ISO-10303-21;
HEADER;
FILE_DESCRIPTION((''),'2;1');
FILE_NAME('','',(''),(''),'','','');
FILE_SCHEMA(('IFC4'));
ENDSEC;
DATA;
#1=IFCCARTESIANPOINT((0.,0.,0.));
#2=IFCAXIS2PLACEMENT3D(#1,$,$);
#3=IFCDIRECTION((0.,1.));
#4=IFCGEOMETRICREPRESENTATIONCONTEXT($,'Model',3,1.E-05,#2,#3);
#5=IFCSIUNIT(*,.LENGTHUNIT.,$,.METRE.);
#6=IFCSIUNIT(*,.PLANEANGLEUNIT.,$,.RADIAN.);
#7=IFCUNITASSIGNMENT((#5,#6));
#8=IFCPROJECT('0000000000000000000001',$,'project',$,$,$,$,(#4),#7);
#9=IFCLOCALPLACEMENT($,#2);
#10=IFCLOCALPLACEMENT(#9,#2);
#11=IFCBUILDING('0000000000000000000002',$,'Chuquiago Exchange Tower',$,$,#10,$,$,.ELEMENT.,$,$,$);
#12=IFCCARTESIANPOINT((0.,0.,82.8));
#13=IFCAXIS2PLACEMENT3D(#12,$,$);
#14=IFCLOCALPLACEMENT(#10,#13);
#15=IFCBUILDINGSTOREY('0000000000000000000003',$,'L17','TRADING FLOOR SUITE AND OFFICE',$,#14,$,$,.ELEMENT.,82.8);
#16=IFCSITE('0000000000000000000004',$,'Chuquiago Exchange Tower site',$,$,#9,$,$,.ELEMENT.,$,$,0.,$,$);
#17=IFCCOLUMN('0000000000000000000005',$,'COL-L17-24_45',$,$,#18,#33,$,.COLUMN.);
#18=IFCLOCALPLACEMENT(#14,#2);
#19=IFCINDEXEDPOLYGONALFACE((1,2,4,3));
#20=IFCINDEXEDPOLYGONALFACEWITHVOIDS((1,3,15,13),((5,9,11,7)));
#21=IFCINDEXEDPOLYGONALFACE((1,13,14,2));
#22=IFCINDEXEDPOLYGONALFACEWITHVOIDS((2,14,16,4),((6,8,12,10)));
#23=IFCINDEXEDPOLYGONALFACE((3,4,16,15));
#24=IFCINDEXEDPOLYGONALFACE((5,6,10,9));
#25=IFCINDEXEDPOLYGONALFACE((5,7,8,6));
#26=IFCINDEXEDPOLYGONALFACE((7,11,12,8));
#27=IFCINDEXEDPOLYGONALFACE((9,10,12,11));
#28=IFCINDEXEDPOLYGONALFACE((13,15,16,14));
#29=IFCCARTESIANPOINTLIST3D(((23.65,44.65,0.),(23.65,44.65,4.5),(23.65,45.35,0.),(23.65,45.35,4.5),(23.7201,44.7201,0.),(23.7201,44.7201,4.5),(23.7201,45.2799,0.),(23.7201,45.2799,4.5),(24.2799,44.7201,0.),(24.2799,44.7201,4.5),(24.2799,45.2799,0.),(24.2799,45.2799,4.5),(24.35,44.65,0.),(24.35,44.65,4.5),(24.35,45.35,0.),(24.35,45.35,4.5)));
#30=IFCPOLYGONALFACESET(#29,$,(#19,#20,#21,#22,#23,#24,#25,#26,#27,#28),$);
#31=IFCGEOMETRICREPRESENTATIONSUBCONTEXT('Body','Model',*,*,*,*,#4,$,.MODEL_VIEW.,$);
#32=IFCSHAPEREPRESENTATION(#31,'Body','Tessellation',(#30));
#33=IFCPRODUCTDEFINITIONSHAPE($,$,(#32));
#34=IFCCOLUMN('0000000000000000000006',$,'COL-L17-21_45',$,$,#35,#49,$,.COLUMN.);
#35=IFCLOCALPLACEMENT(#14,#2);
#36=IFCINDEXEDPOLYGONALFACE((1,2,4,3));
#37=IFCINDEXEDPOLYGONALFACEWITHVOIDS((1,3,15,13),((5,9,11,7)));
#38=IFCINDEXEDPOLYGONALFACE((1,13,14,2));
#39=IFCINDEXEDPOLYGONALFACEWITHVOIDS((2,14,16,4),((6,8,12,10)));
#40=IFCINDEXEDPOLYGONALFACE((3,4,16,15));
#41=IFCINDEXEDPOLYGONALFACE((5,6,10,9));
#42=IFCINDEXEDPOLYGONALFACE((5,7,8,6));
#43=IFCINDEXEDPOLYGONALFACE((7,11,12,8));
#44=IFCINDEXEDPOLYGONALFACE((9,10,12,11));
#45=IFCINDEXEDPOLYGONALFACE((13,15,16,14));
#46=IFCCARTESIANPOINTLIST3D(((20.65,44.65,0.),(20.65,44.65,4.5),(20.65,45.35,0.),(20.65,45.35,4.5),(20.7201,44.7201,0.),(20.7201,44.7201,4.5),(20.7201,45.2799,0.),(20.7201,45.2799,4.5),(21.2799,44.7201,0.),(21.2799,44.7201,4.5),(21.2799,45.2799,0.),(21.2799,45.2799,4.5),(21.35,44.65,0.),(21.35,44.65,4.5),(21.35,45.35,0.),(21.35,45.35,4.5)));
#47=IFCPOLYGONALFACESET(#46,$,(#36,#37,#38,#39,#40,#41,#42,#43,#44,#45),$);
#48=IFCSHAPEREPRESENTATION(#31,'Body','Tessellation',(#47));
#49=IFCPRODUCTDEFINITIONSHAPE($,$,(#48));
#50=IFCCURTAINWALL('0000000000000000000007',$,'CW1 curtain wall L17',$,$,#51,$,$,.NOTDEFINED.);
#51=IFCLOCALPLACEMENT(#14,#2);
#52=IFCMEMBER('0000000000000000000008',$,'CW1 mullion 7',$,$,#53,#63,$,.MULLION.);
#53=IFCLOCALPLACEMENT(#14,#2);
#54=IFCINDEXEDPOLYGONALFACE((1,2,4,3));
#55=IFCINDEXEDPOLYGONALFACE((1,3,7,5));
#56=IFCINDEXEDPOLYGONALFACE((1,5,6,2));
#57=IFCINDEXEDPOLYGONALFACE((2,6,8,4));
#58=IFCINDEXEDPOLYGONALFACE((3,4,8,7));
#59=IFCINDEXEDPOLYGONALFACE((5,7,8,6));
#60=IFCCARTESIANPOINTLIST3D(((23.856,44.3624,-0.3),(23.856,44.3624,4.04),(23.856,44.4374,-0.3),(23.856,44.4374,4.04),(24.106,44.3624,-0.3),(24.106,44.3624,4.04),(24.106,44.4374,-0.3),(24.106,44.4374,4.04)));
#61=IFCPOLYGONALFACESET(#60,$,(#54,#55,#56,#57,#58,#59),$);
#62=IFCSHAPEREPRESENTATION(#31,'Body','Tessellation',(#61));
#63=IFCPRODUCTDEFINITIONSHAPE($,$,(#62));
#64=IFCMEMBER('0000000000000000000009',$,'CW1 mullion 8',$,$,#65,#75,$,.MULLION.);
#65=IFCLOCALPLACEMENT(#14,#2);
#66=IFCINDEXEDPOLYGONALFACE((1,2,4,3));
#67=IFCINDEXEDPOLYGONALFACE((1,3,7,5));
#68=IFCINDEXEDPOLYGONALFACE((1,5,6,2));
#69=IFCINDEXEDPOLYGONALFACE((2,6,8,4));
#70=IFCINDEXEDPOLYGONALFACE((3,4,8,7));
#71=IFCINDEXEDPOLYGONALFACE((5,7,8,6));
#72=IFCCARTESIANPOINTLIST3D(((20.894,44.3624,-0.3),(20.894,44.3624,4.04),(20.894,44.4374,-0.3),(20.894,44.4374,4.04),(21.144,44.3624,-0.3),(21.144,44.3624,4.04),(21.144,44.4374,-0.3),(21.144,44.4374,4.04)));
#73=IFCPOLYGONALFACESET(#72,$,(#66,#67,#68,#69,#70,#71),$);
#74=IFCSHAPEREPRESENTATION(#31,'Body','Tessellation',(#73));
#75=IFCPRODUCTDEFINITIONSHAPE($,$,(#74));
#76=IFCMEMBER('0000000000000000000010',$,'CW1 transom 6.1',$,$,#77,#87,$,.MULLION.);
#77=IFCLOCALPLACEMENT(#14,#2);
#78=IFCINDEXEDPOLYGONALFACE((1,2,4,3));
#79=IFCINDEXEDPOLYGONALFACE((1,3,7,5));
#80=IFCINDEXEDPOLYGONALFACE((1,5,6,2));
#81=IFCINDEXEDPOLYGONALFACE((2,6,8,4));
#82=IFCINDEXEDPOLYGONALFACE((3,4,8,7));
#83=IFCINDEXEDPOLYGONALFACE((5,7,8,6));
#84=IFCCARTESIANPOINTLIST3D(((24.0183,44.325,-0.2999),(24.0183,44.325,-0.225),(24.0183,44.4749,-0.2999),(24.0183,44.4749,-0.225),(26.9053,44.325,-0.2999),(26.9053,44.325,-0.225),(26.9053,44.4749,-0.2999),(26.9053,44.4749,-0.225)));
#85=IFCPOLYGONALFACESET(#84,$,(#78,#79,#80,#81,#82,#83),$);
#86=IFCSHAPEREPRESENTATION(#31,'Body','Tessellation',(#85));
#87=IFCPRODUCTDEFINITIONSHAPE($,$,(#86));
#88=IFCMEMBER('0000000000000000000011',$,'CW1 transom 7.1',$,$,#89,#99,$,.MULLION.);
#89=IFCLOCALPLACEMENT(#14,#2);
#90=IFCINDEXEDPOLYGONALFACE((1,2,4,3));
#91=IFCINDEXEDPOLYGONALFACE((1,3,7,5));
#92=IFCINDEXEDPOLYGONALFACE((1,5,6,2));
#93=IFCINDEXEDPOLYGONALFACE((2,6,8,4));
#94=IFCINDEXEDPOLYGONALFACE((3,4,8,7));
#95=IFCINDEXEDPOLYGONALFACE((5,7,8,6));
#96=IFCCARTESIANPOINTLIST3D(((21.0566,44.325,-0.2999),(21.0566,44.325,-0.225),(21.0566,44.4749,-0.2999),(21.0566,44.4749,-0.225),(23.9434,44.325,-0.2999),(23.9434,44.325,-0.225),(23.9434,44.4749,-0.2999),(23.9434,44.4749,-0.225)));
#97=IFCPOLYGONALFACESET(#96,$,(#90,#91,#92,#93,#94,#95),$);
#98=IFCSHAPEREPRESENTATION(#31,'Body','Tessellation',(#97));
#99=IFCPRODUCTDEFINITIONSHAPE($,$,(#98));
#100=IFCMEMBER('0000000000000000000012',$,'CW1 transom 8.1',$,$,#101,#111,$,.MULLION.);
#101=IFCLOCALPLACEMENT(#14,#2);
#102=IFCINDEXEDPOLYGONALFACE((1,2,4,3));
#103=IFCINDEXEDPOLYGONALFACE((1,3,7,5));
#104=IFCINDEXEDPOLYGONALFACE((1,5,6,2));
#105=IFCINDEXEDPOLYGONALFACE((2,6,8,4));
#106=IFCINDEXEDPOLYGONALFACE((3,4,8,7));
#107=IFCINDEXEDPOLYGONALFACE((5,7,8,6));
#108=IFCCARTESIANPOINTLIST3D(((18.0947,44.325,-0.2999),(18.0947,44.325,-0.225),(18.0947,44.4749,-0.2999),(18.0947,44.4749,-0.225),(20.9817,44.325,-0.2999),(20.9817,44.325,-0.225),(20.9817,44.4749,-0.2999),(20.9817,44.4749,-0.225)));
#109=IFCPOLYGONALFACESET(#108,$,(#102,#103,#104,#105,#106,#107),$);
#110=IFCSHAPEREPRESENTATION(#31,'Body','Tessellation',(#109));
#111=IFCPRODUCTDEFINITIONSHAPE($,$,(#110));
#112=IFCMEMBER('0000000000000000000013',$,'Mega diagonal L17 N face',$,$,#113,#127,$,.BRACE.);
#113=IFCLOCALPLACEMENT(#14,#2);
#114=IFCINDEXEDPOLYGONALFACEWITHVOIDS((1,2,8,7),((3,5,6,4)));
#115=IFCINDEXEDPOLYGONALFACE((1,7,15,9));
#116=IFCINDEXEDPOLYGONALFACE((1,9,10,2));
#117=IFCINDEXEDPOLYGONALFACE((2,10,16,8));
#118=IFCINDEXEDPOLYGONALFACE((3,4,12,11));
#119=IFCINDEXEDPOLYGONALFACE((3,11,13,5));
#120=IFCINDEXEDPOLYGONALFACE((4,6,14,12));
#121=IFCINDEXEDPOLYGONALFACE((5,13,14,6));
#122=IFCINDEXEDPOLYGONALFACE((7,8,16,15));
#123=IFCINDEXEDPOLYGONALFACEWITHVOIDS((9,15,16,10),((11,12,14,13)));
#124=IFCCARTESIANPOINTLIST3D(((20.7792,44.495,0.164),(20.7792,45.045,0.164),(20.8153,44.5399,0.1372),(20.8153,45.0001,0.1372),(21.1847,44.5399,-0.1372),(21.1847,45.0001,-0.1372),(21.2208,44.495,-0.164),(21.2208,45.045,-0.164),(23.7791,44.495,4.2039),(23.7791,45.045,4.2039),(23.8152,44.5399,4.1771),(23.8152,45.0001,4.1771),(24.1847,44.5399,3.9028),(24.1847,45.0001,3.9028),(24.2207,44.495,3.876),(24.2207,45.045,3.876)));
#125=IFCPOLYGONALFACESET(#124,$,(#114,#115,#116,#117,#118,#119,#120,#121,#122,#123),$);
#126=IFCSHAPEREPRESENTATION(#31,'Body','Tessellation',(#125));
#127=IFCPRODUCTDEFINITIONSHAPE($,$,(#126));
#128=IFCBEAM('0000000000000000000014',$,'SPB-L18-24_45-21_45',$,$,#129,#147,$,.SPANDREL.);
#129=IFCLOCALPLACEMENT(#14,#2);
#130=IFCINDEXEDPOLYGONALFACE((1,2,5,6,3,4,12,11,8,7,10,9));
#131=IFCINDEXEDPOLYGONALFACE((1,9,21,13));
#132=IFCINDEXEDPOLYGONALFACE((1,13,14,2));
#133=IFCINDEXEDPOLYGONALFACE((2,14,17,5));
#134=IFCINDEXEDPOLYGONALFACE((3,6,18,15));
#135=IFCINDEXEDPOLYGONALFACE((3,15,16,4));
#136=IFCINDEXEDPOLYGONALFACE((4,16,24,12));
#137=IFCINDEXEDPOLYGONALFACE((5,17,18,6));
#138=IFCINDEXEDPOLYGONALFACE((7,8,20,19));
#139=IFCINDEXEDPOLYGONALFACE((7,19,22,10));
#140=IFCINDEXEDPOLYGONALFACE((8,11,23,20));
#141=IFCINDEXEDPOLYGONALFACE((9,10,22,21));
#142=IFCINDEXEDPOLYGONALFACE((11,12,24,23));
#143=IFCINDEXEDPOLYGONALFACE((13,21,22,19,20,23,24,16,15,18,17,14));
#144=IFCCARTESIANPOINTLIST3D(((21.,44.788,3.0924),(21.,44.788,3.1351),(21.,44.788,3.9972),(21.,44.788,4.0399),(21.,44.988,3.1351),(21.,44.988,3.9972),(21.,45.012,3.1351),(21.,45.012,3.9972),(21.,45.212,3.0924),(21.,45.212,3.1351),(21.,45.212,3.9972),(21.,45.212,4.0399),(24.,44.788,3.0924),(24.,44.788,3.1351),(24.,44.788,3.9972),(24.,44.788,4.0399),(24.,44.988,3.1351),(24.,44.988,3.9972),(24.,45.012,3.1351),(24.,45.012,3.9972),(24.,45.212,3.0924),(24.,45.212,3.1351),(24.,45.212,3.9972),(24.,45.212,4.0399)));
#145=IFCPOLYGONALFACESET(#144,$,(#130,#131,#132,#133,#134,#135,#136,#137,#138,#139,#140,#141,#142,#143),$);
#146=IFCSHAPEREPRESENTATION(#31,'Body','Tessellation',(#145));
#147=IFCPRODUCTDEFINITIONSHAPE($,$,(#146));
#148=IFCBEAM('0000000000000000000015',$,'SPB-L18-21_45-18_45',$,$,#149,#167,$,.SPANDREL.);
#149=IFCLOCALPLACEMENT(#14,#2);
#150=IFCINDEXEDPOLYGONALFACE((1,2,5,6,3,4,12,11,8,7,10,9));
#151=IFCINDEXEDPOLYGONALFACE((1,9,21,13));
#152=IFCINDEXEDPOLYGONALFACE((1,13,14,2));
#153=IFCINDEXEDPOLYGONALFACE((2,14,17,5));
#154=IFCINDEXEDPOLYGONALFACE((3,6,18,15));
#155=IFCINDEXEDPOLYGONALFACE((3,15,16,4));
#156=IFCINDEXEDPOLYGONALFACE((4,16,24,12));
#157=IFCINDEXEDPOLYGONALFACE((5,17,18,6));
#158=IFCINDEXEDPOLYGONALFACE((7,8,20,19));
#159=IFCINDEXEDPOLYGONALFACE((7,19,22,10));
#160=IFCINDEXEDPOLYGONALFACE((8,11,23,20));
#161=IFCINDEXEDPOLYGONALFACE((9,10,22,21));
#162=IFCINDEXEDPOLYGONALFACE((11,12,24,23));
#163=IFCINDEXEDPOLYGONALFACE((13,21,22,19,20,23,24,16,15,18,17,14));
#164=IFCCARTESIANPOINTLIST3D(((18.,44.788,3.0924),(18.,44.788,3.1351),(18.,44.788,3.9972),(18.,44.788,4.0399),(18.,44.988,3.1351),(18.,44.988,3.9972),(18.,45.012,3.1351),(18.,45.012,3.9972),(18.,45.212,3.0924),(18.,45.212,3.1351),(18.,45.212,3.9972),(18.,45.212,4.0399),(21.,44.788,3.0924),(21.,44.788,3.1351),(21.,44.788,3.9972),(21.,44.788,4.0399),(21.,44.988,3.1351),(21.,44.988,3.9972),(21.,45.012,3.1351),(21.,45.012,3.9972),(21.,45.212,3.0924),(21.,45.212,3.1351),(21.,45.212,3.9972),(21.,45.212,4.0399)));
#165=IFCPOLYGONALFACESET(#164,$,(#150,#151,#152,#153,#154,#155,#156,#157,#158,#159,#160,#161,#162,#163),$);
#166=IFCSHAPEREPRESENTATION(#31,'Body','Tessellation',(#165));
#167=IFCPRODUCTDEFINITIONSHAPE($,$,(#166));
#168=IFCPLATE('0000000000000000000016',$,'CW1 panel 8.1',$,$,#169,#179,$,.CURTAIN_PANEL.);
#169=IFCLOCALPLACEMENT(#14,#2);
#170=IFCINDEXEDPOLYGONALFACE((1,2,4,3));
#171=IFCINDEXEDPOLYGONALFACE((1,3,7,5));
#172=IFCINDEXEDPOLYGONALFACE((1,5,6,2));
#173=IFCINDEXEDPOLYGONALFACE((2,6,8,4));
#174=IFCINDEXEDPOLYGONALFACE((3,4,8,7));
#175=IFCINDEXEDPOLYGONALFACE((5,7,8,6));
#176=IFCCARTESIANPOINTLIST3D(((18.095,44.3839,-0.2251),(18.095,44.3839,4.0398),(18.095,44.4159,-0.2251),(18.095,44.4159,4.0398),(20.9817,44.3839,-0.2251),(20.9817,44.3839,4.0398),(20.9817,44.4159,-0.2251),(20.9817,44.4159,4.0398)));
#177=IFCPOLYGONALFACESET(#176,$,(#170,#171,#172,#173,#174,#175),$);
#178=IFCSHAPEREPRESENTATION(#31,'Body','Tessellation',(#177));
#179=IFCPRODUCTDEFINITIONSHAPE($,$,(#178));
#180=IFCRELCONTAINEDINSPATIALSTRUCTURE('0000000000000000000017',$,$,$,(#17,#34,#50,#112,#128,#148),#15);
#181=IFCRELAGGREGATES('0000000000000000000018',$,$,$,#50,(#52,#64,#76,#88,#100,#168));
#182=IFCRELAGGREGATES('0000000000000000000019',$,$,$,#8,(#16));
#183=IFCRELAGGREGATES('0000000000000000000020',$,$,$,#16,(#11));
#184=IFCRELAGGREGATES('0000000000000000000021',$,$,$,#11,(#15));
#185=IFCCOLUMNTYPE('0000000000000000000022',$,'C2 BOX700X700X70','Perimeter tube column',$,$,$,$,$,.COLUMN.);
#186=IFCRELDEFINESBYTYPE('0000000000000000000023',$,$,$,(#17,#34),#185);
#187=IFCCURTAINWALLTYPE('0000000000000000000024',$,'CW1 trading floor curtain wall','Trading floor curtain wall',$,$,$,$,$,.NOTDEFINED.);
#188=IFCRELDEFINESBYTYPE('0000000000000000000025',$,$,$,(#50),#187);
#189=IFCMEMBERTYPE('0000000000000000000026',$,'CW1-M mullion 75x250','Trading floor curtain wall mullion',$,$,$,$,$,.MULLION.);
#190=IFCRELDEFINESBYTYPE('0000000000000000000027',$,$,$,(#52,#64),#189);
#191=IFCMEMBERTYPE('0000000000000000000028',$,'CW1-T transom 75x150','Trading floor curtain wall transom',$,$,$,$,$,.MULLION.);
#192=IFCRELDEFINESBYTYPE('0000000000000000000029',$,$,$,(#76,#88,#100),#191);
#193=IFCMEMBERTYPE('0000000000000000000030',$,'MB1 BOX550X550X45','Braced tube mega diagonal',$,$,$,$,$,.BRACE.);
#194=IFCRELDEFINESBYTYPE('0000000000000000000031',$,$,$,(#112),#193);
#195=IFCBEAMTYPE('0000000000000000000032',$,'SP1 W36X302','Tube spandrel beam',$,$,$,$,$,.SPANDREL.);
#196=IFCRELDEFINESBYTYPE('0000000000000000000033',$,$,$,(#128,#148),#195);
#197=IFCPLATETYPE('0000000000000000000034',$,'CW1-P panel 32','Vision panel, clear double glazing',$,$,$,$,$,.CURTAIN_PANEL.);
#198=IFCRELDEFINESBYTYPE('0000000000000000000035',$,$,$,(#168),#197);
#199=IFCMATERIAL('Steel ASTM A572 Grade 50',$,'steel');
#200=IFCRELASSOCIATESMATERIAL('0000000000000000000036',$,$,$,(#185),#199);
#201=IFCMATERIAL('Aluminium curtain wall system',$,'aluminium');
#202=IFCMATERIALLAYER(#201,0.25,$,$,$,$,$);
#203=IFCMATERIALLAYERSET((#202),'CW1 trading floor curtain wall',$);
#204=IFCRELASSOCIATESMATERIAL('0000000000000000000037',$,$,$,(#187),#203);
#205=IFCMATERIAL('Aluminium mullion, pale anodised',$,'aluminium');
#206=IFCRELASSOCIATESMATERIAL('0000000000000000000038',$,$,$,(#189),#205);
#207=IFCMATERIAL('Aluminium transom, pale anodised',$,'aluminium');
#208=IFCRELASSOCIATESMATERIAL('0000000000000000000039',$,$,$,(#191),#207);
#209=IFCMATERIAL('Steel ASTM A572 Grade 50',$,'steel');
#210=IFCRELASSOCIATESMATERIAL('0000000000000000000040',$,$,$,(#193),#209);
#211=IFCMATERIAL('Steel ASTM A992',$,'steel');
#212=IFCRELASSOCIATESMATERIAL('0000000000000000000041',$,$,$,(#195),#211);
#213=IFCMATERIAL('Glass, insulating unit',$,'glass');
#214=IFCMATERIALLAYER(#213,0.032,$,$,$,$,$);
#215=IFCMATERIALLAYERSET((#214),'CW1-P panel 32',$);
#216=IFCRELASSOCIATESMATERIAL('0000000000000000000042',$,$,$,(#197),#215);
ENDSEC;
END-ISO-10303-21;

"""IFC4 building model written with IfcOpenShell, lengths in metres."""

from ifc_helpers import new_model, si_unit, direction, frame, origin, origin_2d, place, context, subcontext, project, spatial, rectangle, hollow_rectangle, i_section, extrude, material, layer, layer_set, material_profile, profile_set, type_object, element, aggregate, save


model = new_model("IFC4")

# Units and contexts
model_context = context("Model", 3, precision=1e-05, world=origin(), true_north=direction((0.0, 1.0)))
body_context = subcontext(model_context, "Body", "Model", "MODEL_VIEW")
ifc_project = project(units=[si_unit("LENGTHUNIT", "METRE"), si_unit("PLANEANGLEUNIT", "RADIAN")], contexts=[model_context])

# Site, building, storey
site_placement = place(None, origin())
site = spatial("IfcSite", under=ifc_project, at=site_placement, Name="Chuquiago Exchange Tower site", CompositionType="ELEMENT", RefElevation=0.0)
building_placement = place(site_placement, origin())
building = spatial("IfcBuilding", under=site, at=building_placement, Name="Chuquiago Exchange Tower", CompositionType="ELEMENT")
storey_placement = place(building_placement, frame((0.0, 0.0, 82.8)))
storey = spatial("IfcBuildingStorey", under=building, at=storey_placement, Name="L17", Description="TRADING FLOOR SUITE AND OFFICE", CompositionType="ELEMENT", Elevation=82.8)

# Columns
ifc_material_1 = material(Name="Steel ASTM A572 Grade 50", Category="steel")
ifc_material_profile_1 = material_profile(ifc_material_1, hollow_rectangle(XDim=0.7, YDim=0.7, WallThickness=0.0701, at=origin_2d()), Name="BOX700X700X70")
ifc_profile_set_1 = profile_set([ifc_material_profile_1], Name="Steel ASTM A572 Grade 50")
column_type = type_object("IfcColumnType", Name="C2 BOX700X700X70", Description="Perimeter tube column", PredefinedType="COLUMN", material=ifc_profile_set_1)
for number, where, z_axis, x_axis, name in (
    (1, (24.0, 45.0, 0.0), (0.0, 0.0, 1.0), (0.0, 1.0, 0.0), "COL-L17-24_45"),
    (2, (21.0, 45.0, 0.0), (0.0, 0.0, 1.0), (0.0, 1.0, 0.0), "COL-L17-21_45"),
):
    element("IfcColumn", number, at=place(storey_placement, frame(where, z_axis=z_axis, x_axis=x_axis)), inside=storey, type_object=column_type, Name=name, PredefinedType="COLUMN", context=body_context, shape_type="SweptSolid", body=[
        extrude(hollow_rectangle(XDim=0.7, YDim=0.7, WallThickness=0.0701, at=origin_2d()), origin(), (0.0, 0.0, 1.0), 4.5),
    ])

# Curtain wall, members
ifc_material_2 = material(Name="Aluminium curtain wall system", Category="aluminium")
ifc_layer_1 = layer(ifc_material_2, 0.25)
ifc_layer_set_1 = layer_set([ifc_layer_1], Name="CW1 trading floor curtain wall")
curtain_wall_type = type_object("IfcCurtainWallType", Name="CW1 trading floor curtain wall", Description="Trading floor curtain wall", PredefinedType="NOTDEFINED", material=ifc_layer_set_1)
curtain_wall_placement = place(storey_placement, origin())
curtain_wall = element("IfcCurtainWall", 3, at=curtain_wall_placement, inside=storey, type_object=curtain_wall_type, Name="CW1 curtain wall L17", PredefinedType="NOTDEFINED")
ifc_material_3 = material(Name="Aluminium mullion, pale anodised", Category="aluminium")
ifc_material_profile_2 = material_profile(ifc_material_3, rectangle(XDim=0.075, YDim=0.25, at=origin_2d()), Name="AL 75x250")
ifc_profile_set_2 = profile_set([ifc_material_profile_2], Name="Aluminium mullion, pale anodised")
member_type_1 = type_object("IfcMemberType", Name="CW1-M mullion 75x250", Description="Trading floor curtain wall mullion", PredefinedType="MULLION", material=ifc_profile_set_2)
member_1_placement = place(storey_placement, frame((23.981, 44.3999, -0.3), z_axis=(0.0, 0.0, 1.0), x_axis=(0.0, -1.0, 0.0)))
member_1 = element("IfcMember", 4, at=member_1_placement, type_object=member_type_1, Name="CW1 mullion 7", PredefinedType="MULLION", context=body_context, shape_type="SweptSolid", body=[
    extrude(rectangle(XDim=0.075, YDim=0.25, at=origin_2d()), origin(), (0.0, 0.0, 1.0), 4.3401),
])
member_2_placement = place(storey_placement, frame((21.019, 44.3999, -0.3), z_axis=(0.0, 0.0, 1.0), x_axis=(0.0, -1.0, 0.0)))
member_2 = element("IfcMember", 5, at=member_2_placement, type_object=member_type_1, Name="CW1 mullion 8", PredefinedType="MULLION", context=body_context, shape_type="SweptSolid", body=[
    extrude(rectangle(XDim=0.075, YDim=0.25, at=origin_2d()), origin(), (0.0, 0.0, 1.0), 4.3401),
])
ifc_material_4 = material(Name="Aluminium transom, pale anodised", Category="aluminium")
ifc_material_profile_3 = material_profile(ifc_material_4, rectangle(XDim=0.1499, YDim=0.075, at=origin_2d()), Name="AL 150x75")
ifc_profile_set_3 = profile_set([ifc_material_profile_3], Name="Aluminium transom, pale anodised")
member_type_2 = type_object("IfcMemberType", Name="CW1-T transom 75x150", Description="Trading floor curtain wall transom", PredefinedType="MULLION", material=ifc_profile_set_3)
member_3_placement = place(storey_placement, frame((26.9053, 44.3999, -0.2625), z_axis=(-1.0, 0.0, 0.0), x_axis=(0.0, -1.0, 0.0)))
member_3 = element("IfcMember", 6, at=member_3_placement, type_object=member_type_2, Name="CW1 transom 6.1", PredefinedType="MULLION", context=body_context, shape_type="SweptSolid", body=[
    extrude(rectangle(XDim=0.1499, YDim=0.075, at=origin_2d()), origin(), (0.0, 0.0, 1.0), 2.887),
])
member_4_placement = place(storey_placement, frame((23.9434, 44.3999, -0.2625), z_axis=(-1.0, 0.0, 0.0), x_axis=(0.0, -1.0, 0.0)))
member_4 = element("IfcMember", 7, at=member_4_placement, type_object=member_type_2, Name="CW1 transom 7.1", PredefinedType="MULLION", context=body_context, shape_type="SweptSolid", body=[
    extrude(rectangle(XDim=0.1499, YDim=0.075, at=origin_2d()), origin(), (0.0, 0.0, 1.0), 2.8867),
])
member_5_placement = place(storey_placement, frame((20.9817, 44.3999, -0.2625), z_axis=(-1.0, 0.0, 0.0), x_axis=(0.0, -1.0, 0.0)))
member_5 = element("IfcMember", 8, at=member_5_placement, type_object=member_type_2, Name="CW1 transom 8.1", PredefinedType="MULLION", context=body_context, shape_type="SweptSolid", body=[
    extrude(rectangle(XDim=0.1499, YDim=0.075, at=origin_2d()), origin(), (0.0, 0.0, 1.0), 2.887),
])

# Member
ifc_material_5 = material(Name="Steel ASTM A572 Grade 50", Category="steel")
ifc_material_profile_4 = material_profile(ifc_material_5, hollow_rectangle(XDim=0.55, YDim=0.55, WallThickness=0.0449, at=origin_2d()), Name="BOX550X550X45")
ifc_profile_set_4 = profile_set([ifc_material_profile_4], Name="Steel ASTM A572 Grade 50")
member_type_3 = type_object("IfcMemberType", Name="MB1 BOX550X550X45", Description="Braced tube mega diagonal", PredefinedType="BRACE", material=ifc_profile_set_4)
member_6_placement = place(storey_placement, frame((21.0, 44.77, 0.0), z_axis=(0.596174, 0.0, 0.802855), x_axis=(0.0, 1.0, 0.0)))
element("IfcMember", 9, at=member_6_placement, inside=storey, type_object=member_type_3, Name="Mega diagonal L17 N face", PredefinedType="BRACE", context=body_context, shape_type="SweptSolid", body=[
    extrude(hollow_rectangle(XDim=0.55, YDim=0.55, WallThickness=0.0449, at=origin_2d()), origin(), (0.0, 0.0, 1.0), 5.032),
])

# Beams
ifc_material_6 = material(Name="Steel ASTM A992", Category="steel")
ifc_material_profile_5 = material_profile(ifc_material_6, i_section(OverallWidth=0.4241, OverallDepth=0.9475, WebThickness=0.0239, FlangeThickness=0.0427, at=origin_2d()), Name="W36X302")
ifc_profile_set_5 = profile_set([ifc_material_profile_5], Name="Steel ASTM A992")
beam_type = type_object("IfcBeamType", Name="SP1 W36X302", Description="Tube spandrel beam", PredefinedType="SPANDREL", material=ifc_profile_set_5)
for number, where, z_axis, x_axis, name in (
    (10, (24.0, 45.0, 3.5662), (-1.0, 0.0, 0.0), (0.0, -1.0, 0.0), "SPB-L18-24_45-21_45"),
    (11, (21.0, 45.0, 3.5662), (-1.0, 0.0, 0.0), (0.0, -1.0, 0.0), "SPB-L18-21_45-18_45"),
):
    element("IfcBeam", number, at=place(storey_placement, frame(where, z_axis=z_axis, x_axis=x_axis)), inside=storey, type_object=beam_type, Name=name, PredefinedType="SPANDREL", context=body_context, shape_type="SweptSolid", body=[
        extrude(i_section(OverallWidth=0.4241, OverallDepth=0.9475, WebThickness=0.0239, FlangeThickness=0.0427, at=origin_2d()), origin(), (0.0, 0.0, 1.0), 3.0),
    ])

# Plate
ifc_material_7 = material(Name="Glass, insulating unit", Category="glass")
ifc_layer_2 = layer(ifc_material_7, 0.032)
ifc_layer_set_2 = layer_set([ifc_layer_2], Name="CW1-P panel 32")
plate_type_1 = type_object("IfcPlateType", Name="CW1-P panel 32", Description="Vision panel, clear double glazing", PredefinedType="CURTAIN_PANEL", material=ifc_layer_set_2)
plate_1_placement = place(storey_placement, frame((19.5383, 44.3999, -0.2251), z_axis=(0.0, 0.0, 1.0), x_axis=(-1.0, 0.0, 0.0)))
plate_1 = element("IfcPlate", 12, at=plate_1_placement, type_object=plate_type_1, Name="CW1 panel 8.1", PredefinedType="CURTAIN_PANEL", context=body_context, shape_type="SweptSolid", body=[
    extrude(rectangle(XDim=2.8867, YDim=0.032, at=origin_2d()), origin(), (0.0, 0.0, 1.0), 4.2649),
])
aggregate(curtain_wall, [member_1, member_2, member_3, member_4, member_5, plate_1])

save(model, "model.ifc")
